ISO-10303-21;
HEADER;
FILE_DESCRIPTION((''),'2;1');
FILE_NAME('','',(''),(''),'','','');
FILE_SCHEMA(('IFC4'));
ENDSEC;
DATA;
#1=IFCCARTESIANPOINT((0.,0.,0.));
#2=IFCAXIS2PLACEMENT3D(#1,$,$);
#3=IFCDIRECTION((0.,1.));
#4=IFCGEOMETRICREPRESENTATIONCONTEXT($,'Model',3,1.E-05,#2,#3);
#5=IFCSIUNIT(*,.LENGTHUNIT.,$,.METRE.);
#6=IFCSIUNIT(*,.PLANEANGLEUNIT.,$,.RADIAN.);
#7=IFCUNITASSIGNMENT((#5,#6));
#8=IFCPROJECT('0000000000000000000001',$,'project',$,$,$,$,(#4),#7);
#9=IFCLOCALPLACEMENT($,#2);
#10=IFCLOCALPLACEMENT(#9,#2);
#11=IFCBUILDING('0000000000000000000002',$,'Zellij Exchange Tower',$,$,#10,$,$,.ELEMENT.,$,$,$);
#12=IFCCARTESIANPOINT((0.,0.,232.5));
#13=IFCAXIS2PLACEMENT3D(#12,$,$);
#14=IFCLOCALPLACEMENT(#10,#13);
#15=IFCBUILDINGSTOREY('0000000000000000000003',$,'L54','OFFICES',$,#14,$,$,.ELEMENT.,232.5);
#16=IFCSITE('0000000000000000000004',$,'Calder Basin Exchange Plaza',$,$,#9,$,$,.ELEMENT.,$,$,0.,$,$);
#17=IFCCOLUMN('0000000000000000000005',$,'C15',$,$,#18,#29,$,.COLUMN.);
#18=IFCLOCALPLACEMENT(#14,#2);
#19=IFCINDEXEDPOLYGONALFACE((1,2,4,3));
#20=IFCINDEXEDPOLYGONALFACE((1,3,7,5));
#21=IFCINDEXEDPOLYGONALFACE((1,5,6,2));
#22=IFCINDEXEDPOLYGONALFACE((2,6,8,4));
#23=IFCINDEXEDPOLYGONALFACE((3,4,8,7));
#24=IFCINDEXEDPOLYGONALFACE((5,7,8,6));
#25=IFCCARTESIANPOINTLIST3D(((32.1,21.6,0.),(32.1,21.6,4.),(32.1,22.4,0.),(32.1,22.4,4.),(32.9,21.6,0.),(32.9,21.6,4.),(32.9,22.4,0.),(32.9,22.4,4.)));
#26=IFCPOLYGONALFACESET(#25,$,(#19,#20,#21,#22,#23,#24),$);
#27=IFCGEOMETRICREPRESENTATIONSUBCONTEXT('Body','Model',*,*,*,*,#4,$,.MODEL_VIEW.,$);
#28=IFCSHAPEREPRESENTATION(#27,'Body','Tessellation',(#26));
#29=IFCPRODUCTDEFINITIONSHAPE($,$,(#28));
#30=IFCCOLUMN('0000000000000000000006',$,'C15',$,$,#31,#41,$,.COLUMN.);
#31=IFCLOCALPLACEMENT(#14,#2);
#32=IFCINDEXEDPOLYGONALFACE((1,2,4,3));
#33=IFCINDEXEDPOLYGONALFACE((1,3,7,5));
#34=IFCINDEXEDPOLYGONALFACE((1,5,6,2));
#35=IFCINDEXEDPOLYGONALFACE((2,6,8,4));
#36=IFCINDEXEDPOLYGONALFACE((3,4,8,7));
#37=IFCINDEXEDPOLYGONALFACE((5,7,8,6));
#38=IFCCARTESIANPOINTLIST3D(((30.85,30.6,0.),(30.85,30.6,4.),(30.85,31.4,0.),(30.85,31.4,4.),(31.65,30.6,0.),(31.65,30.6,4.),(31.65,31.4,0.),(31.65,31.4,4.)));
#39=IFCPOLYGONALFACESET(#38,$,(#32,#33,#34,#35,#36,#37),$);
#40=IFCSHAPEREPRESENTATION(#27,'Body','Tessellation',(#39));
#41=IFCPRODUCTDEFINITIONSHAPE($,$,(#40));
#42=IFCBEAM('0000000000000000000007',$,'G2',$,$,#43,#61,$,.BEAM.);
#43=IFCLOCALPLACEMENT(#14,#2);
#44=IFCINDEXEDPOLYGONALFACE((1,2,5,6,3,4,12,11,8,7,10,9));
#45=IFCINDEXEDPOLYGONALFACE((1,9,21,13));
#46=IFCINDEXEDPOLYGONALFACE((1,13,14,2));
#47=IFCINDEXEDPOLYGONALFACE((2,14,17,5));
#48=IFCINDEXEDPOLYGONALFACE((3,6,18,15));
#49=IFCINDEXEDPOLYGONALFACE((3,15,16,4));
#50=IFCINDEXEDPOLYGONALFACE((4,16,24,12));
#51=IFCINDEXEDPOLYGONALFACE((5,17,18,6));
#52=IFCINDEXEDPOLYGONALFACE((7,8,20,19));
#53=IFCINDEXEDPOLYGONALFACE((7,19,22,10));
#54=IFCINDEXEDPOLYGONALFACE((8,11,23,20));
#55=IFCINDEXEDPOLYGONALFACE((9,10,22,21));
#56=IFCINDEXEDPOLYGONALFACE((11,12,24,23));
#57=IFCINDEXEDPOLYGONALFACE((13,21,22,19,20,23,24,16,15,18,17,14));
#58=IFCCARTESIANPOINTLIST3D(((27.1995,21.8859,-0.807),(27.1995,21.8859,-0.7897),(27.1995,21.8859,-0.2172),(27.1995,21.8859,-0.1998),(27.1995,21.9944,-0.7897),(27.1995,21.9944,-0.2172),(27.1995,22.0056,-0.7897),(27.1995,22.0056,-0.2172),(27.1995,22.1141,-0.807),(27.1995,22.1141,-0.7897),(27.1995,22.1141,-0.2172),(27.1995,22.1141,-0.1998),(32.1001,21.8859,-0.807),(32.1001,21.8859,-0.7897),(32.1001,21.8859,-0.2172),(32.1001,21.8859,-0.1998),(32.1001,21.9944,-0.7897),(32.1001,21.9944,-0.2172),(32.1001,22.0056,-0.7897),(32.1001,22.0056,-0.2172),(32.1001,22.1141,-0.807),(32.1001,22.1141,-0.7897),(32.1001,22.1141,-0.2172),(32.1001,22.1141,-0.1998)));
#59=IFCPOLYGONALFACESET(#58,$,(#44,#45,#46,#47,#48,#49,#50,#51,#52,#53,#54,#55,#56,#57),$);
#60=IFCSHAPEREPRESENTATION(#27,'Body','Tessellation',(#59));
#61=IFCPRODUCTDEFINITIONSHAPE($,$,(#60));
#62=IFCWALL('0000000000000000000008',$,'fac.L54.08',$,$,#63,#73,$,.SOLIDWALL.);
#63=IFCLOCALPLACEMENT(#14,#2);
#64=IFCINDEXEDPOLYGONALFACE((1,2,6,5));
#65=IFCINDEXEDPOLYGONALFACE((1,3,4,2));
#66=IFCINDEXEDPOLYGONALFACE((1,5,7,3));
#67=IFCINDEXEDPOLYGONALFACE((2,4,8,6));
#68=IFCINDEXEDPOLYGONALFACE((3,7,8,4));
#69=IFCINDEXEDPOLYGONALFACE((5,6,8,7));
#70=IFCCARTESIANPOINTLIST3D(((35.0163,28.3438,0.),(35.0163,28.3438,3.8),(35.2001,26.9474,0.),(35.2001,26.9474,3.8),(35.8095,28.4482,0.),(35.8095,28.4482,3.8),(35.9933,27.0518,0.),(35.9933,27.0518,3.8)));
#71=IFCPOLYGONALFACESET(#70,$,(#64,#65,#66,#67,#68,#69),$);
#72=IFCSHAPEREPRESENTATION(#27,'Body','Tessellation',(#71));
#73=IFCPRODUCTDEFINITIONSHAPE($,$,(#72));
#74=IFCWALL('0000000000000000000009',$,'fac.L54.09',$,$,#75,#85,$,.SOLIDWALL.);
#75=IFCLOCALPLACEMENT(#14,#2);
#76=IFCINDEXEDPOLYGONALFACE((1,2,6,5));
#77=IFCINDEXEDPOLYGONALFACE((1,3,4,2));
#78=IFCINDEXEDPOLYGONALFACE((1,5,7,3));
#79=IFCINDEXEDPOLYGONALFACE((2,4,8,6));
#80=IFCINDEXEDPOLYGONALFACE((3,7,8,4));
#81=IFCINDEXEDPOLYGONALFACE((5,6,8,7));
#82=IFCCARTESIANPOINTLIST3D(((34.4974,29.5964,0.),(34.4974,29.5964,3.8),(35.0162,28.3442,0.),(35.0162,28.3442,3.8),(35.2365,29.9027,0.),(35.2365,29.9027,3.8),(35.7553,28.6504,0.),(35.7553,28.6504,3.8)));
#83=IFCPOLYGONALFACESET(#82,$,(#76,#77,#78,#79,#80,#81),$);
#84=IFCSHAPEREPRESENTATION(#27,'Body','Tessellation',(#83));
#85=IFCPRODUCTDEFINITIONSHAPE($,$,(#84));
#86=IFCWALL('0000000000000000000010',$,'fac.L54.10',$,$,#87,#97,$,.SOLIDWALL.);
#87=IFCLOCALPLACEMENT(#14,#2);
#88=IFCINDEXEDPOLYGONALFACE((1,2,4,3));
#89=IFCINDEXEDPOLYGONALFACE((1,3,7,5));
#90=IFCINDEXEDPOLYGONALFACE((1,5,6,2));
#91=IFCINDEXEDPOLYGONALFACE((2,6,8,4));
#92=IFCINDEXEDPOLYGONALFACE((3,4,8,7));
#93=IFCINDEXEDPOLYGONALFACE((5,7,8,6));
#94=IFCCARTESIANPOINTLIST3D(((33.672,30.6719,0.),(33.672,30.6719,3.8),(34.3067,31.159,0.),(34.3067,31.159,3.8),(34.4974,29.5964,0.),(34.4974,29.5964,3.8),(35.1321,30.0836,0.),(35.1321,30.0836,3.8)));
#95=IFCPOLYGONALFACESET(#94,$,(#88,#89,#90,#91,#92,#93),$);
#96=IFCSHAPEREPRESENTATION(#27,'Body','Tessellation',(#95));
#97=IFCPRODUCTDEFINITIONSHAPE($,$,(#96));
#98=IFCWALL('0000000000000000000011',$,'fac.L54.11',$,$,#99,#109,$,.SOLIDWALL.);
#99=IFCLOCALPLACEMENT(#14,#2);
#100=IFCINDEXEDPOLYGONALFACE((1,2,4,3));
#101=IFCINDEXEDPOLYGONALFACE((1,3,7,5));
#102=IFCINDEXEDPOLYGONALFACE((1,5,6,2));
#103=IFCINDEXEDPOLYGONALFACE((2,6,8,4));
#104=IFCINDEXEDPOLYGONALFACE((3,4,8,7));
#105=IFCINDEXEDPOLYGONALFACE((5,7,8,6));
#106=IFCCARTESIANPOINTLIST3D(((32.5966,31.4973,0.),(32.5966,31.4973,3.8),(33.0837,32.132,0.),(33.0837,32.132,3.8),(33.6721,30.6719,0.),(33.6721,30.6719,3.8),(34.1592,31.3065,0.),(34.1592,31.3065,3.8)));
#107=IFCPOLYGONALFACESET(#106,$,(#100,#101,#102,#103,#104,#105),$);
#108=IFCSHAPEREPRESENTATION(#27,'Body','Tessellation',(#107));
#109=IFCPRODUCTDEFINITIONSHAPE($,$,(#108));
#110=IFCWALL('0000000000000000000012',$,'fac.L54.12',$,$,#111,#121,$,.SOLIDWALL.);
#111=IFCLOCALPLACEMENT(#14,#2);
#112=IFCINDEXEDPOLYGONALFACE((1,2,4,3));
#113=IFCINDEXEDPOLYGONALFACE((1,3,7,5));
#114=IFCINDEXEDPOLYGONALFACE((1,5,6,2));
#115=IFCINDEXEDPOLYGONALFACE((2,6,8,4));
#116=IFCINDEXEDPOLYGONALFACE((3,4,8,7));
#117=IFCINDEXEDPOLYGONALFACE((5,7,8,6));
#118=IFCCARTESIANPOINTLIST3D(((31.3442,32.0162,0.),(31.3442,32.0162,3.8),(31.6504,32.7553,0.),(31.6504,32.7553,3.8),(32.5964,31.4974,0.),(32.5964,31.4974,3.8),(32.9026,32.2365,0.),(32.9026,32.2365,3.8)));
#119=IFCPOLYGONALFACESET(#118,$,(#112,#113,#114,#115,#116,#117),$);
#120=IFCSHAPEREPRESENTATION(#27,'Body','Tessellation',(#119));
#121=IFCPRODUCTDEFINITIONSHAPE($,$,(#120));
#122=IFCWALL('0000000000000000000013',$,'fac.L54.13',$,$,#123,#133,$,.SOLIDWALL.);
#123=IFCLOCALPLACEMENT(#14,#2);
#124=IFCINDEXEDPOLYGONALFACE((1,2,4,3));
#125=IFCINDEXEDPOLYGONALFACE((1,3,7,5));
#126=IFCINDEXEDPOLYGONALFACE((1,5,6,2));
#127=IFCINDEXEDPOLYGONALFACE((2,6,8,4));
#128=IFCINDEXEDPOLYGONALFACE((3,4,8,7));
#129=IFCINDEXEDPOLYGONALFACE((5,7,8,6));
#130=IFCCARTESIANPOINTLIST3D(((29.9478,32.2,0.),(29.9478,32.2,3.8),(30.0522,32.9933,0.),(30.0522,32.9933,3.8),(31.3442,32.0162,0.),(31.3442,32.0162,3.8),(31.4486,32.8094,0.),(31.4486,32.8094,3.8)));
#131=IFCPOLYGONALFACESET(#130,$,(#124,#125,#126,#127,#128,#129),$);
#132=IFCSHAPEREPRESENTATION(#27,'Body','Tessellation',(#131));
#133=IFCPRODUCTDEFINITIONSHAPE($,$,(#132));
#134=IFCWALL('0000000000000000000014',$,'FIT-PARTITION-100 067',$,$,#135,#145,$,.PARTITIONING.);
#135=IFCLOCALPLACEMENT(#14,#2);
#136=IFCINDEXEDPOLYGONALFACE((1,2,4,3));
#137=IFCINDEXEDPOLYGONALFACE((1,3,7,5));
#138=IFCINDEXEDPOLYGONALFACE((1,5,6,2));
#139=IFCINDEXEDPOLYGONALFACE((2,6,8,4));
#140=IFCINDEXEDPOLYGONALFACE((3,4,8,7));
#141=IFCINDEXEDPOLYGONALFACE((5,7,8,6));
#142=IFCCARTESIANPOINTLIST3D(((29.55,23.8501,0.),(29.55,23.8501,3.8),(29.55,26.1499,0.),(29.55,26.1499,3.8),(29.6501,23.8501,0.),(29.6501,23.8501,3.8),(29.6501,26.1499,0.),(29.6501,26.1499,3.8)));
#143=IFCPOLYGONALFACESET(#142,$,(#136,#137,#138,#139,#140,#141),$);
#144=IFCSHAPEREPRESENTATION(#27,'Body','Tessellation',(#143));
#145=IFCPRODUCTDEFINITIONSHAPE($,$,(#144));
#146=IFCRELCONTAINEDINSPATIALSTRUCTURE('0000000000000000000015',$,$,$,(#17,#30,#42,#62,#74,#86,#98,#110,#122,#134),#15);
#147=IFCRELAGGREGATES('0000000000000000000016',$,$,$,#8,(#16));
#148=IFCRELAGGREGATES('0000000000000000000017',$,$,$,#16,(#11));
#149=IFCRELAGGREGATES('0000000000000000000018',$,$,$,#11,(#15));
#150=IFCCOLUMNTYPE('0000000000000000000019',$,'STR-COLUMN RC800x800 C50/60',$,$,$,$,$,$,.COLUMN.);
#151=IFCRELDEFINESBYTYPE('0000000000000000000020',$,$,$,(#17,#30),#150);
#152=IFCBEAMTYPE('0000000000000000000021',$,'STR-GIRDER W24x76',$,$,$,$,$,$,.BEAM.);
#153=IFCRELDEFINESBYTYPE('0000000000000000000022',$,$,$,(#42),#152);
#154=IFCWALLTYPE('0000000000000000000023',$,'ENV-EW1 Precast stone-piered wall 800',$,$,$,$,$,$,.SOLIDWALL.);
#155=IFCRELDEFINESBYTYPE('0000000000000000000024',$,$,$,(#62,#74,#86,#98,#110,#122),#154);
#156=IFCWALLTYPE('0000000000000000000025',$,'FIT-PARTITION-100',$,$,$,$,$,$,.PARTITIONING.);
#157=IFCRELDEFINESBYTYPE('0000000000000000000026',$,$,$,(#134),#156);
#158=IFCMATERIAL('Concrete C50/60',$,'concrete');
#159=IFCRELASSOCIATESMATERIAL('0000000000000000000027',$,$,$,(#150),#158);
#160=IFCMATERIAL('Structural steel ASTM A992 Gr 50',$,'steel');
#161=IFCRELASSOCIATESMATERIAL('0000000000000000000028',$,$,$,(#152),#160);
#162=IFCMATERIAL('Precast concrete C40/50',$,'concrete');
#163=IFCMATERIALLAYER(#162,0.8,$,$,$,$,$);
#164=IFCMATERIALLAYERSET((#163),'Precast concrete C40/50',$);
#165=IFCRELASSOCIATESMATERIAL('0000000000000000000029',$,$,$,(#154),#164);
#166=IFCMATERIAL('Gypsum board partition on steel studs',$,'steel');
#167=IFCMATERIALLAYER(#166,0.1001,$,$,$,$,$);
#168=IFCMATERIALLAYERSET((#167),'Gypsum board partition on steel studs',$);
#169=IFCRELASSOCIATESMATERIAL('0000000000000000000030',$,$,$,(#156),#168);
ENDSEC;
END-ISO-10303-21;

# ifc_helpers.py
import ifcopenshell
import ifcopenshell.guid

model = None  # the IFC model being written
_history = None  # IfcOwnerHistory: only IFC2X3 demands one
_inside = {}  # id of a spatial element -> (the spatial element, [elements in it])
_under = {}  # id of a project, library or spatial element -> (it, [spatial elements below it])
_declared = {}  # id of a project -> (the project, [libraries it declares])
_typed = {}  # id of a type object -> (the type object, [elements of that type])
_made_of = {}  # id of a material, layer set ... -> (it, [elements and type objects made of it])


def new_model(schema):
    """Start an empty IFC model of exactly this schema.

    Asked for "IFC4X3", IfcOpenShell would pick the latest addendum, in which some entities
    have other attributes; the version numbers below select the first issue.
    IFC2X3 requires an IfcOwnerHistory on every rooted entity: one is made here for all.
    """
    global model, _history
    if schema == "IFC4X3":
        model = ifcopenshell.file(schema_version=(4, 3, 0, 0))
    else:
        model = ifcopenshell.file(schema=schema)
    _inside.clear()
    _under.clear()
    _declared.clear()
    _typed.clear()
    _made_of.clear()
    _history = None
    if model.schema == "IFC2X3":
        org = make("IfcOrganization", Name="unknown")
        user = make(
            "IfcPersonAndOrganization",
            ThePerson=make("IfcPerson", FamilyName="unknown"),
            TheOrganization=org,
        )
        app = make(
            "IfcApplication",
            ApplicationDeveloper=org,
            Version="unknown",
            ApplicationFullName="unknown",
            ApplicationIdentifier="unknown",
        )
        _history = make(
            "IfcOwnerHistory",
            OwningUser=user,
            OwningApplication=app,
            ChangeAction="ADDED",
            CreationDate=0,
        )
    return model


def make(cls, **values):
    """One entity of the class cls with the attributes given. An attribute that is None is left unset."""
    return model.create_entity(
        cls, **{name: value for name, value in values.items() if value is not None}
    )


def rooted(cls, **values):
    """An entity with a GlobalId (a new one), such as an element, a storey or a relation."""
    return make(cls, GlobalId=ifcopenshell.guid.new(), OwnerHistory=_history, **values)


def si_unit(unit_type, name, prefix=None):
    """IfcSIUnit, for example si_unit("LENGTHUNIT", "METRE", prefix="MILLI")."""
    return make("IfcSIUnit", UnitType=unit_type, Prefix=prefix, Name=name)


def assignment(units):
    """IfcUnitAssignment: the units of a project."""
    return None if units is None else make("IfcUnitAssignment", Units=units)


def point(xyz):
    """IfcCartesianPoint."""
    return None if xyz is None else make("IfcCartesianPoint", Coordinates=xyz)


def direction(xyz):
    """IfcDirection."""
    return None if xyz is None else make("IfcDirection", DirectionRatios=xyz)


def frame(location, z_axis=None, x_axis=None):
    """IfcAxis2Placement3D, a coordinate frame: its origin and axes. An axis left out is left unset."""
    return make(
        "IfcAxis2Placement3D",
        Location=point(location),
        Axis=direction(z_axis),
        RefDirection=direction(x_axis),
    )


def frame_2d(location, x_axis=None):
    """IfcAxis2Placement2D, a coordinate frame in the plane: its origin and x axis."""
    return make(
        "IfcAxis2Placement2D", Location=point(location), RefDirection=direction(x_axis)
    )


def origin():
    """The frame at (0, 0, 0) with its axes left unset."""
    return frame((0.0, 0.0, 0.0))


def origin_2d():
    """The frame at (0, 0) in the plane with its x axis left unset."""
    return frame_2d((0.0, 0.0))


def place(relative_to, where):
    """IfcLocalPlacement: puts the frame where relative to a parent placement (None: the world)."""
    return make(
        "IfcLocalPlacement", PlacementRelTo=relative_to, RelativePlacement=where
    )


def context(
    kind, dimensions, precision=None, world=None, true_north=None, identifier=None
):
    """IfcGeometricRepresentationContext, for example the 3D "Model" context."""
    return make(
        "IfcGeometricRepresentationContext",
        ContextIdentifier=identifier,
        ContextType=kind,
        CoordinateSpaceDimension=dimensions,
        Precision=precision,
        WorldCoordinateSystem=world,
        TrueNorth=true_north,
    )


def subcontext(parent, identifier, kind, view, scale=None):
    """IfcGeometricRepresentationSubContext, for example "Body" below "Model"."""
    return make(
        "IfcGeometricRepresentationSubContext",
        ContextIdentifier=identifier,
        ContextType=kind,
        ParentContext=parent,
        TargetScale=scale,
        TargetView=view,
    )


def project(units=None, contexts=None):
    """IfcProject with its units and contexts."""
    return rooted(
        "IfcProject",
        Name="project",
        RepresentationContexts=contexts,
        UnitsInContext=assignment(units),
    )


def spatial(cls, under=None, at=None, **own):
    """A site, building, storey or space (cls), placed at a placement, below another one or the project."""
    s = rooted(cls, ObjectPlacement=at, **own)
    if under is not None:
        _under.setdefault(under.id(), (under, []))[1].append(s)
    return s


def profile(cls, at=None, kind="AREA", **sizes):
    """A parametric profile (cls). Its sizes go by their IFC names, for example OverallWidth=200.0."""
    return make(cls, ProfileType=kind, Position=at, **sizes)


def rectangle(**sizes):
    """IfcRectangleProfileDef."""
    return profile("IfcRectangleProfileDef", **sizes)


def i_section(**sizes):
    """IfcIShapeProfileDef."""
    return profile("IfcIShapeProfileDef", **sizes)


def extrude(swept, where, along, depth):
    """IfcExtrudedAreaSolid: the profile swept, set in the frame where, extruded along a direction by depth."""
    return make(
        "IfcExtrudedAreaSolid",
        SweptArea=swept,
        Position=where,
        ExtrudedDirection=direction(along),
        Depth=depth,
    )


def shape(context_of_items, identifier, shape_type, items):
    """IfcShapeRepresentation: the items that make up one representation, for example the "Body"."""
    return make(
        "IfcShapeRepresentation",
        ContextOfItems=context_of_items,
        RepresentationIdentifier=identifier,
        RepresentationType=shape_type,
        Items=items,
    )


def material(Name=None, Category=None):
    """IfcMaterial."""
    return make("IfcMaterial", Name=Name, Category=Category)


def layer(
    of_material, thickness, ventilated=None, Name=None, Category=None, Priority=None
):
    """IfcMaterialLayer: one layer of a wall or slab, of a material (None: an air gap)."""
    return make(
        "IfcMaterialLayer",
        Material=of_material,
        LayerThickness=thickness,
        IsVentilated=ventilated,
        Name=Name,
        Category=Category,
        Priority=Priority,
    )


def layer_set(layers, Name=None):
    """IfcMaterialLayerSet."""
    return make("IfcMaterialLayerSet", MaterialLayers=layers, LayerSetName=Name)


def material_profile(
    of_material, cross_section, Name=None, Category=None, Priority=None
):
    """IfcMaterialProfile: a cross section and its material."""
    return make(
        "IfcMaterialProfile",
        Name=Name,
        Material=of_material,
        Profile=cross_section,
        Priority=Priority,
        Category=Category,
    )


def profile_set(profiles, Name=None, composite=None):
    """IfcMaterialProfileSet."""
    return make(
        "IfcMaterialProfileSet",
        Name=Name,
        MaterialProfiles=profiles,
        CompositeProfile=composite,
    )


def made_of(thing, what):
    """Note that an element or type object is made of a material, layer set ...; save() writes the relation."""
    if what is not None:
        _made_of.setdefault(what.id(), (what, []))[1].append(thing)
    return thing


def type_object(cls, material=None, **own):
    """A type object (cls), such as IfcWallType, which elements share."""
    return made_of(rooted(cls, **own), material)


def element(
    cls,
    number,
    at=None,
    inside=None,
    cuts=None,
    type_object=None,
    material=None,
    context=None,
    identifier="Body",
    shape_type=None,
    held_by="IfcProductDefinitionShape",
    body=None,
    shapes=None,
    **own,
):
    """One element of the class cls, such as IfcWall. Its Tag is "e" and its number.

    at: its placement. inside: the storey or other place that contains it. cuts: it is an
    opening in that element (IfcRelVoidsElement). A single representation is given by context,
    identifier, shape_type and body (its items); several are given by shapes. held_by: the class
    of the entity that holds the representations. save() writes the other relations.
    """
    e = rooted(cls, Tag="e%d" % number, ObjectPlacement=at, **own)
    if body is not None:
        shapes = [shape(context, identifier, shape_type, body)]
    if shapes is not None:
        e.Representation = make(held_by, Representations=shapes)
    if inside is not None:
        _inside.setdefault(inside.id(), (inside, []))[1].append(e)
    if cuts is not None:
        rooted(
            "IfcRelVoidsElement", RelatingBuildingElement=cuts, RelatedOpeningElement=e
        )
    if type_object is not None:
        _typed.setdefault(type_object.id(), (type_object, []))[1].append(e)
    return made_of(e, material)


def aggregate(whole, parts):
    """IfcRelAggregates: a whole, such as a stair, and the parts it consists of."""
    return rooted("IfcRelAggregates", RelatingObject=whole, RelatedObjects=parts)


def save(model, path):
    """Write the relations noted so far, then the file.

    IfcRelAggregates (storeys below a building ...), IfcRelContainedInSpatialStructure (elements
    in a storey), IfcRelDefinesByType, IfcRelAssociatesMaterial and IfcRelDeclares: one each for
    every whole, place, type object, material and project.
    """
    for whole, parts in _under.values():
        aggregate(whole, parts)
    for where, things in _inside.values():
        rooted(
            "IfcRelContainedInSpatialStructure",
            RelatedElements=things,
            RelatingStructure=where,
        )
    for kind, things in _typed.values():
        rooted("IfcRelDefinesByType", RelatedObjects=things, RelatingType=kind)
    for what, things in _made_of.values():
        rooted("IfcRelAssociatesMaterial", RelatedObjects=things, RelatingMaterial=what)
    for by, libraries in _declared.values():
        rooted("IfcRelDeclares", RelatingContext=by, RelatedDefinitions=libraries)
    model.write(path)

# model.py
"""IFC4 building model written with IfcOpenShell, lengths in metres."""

from ifc_helpers import new_model, si_unit, direction, frame, frame_2d, origin, origin_2d, place, context, subcontext, project, spatial, rectangle, i_section, extrude, material, layer, layer_set, material_profile, profile_set, type_object, element, save


model = new_model("IFC4")

# Units and contexts
model_context = context("Model", 3, precision=1e-05, world=origin(), true_north=direction((0.0, 1.0)))
body_context = subcontext(model_context, "Body", "Model", "MODEL_VIEW")
ifc_project = project(units=[si_unit("LENGTHUNIT", "METRE"), si_unit("PLANEANGLEUNIT", "RADIAN")], contexts=[model_context])

# Site, building, storey
site_placement = place(None, origin())
site = spatial("IfcSite", under=ifc_project, at=site_placement, Name="Calder Basin Exchange Plaza", CompositionType="ELEMENT", RefElevation=0.0)
building_placement = place(site_placement, origin())
building = spatial("IfcBuilding", under=site, at=building_placement, Name="Zellij Exchange Tower", CompositionType="ELEMENT")
storey_placement = place(building_placement, frame((0.0, 0.0, 232.5)))
storey = spatial("IfcBuildingStorey", under=building, at=storey_placement, Name="L54", Description="OFFICES", CompositionType="ELEMENT", Elevation=232.5)

# Columns
ifc_material_1 = material(Name="Concrete C50/60", Category="concrete")
ifc_material_profile_1 = material_profile(ifc_material_1, rectangle(XDim=0.8, YDim=0.8, at=origin_2d()), Name="STR-COLUMN RC800x800 C50/60")
ifc_profile_set_1 = profile_set([ifc_material_profile_1], Name="Concrete C50/60")
column_type = type_object("IfcColumnType", Name="STR-COLUMN RC800x800 C50/60", PredefinedType="COLUMN", material=ifc_profile_set_1)
for number, where, z_axis, x_axis, name in (
    (1, (32.5, 22.0, 0.0), (0.0, 0.0, 1.0), (1.0, 0.0, 0.0), "C15"),
    (2, (31.25, 31.0, 0.0), (0.0, 0.0, 1.0), (1.0, 0.0, 0.0), "C15"),
):
    element("IfcColumn", number, at=place(storey_placement, frame(where, z_axis=z_axis, x_axis=x_axis)), inside=storey, type_object=column_type, Name=name, PredefinedType="COLUMN", context=body_context, shape_type="SweptSolid", body=[
        extrude(rectangle(XDim=0.8, YDim=0.8, at=origin_2d()), origin(), (0.0, 0.0, 1.0), 4.0),
    ])

# Beam
ifc_material_2 = material(Name="Structural steel ASTM A992 Gr 50", Category="steel")
ifc_material_profile_2 = material_profile(ifc_material_2, i_section(OverallWidth=0.2283, OverallDepth=0.6072, WebThickness=0.0112, FlangeThickness=0.0173, at=origin_2d()), Name="W24x76")
ifc_profile_set_2 = profile_set([ifc_material_profile_2], Name="Structural steel ASTM A992 Gr 50")
beam_type = type_object("IfcBeamType", Name="STR-GIRDER W24x76", PredefinedType="BEAM", material=ifc_profile_set_2)
beam_placement = place(storey_placement, frame((27.1995, 22.0, -0.5034), z_axis=(1.0, 0.0, 0.0), x_axis=(0.0, 1.0, 0.0)))
element("IfcBeam", 3, at=beam_placement, inside=storey, type_object=beam_type, Name="G2", PredefinedType="BEAM", context=body_context, shape_type="SweptSolid", body=[
    extrude(i_section(OverallWidth=0.2283, OverallDepth=0.6072, WebThickness=0.0112, FlangeThickness=0.0173, at=origin_2d()), origin(), (0.0, 0.0, 1.0), 4.9006),
])

# Walls
ifc_material_3 = material(Name="Precast concrete C40/50", Category="concrete")
ifc_layer_1 = layer(ifc_material_3, 0.8)
ifc_layer_set_1 = layer_set([ifc_layer_1], Name="Precast concrete C40/50")
wall_type_1 = type_object("IfcWallType", Name="ENV-EW1 Precast stone-piered wall 800", PredefinedType="SOLIDWALL", material=ifc_layer_set_1)
wall_1_placement = place(storey_placement, frame((35.5967, 26.9998, 0.0), z_axis=(0.0, 0.0, 1.0), x_axis=(-0.130517, 0.991446, 0.0)))
element("IfcWall", 4, at=wall_1_placement, inside=storey, type_object=wall_type_1, Name="fac.L54.08", PredefinedType="SOLIDWALL", context=body_context, shape_type="SweptSolid", body=[
    extrude(rectangle(XDim=1.4084, YDim=0.8, at=frame_2d((0.7041, 0.0))), origin(), (0.0, 0.0, 1.0), 3.8),
])
wall_2_placement = place(storey_placement, frame((35.3857, 28.4973, 0.0), z_axis=(0.0, 0.0, 1.0), x_axis=(-0.38276, 0.923848, 0.0)))
element("IfcWall", 5, at=wall_2_placement, inside=storey, type_object=wall_type_1, Name="fac.L54.09", PredefinedType="SOLIDWALL", context=body_context, shape_type="SweptSolid", body=[
    extrude(rectangle(XDim=1.3555, YDim=0.8, at=frame_2d((0.6777, 0.0))), origin(), (0.0, 0.0, 1.0), 3.8),
])
for number, where, z_axis, x_axis, name in (
    (6, (34.8147, 29.8401, 0.0), (0.0, 0.0, 1.0), (-0.608866, 0.793273, 0.0), "fac.L54.10"),
    (7, (33.9155, 30.9893, 0.0), (0.0, 0.0, 1.0), (-0.793273, 0.608866, 0.0), "fac.L54.11"),
):
    element("IfcWall", number, at=place(storey_placement, frame(where, z_axis=z_axis, x_axis=x_axis)), inside=storey, type_object=wall_type_1, Name=name, PredefinedType="SOLIDWALL", context=body_context, shape_type="SweptSolid", body=[
        extrude(rectangle(XDim=1.3557, YDim=0.8, at=frame_2d((0.6777, 0.0))), origin(), (0.0, 0.0, 1.0), 3.8),
    ])
wall_3_placement = place(storey_placement, frame((32.7495, 31.8669, 0.0), z_axis=(0.0, 0.0, 1.0), x_axis=(-0.923848, 0.38276, 0.0)))
element("IfcWall", 8, at=wall_3_placement, inside=storey, type_object=wall_type_1, Name="fac.L54.12", PredefinedType="SOLIDWALL", context=body_context, shape_type="SweptSolid", body=[
    extrude(rectangle(XDim=1.3555, YDim=0.8, at=frame_2d((0.6777, 0.0))), origin(), (0.0, 0.0, 1.0), 3.8),
])
wall_4_placement = place(storey_placement, frame((31.3962, 32.4128, 0.0), z_axis=(0.0, 0.0, 1.0), x_axis=(-0.991446, 0.130517, 0.0)))
element("IfcWall", 9, at=wall_4_placement, inside=storey, type_object=wall_type_1, Name="fac.L54.13", PredefinedType="SOLIDWALL", context=body_context, shape_type="SweptSolid", body=[
    extrude(rectangle(XDim=1.4084, YDim=0.8, at=frame_2d((0.7041, 0.0))), origin(), (0.0, 0.0, 1.0), 3.8),
])

# Wall
ifc_material_4 = material(Name="Gypsum board partition on steel studs", Category="steel")
ifc_layer_2 = layer(ifc_material_4, 0.1001)
ifc_layer_set_2 = layer_set([ifc_layer_2], Name="Gypsum board partition on steel studs")
wall_type_2 = type_object("IfcWallType", Name="FIT-PARTITION-100", PredefinedType="PARTITIONING", material=ifc_layer_set_2)
wall_5_placement = place(storey_placement, frame((29.6001, 23.8501, 0.0), z_axis=(0.0, 0.0, 1.0), x_axis=(0.0, 1.0, 0.0)))
element("IfcWall", 10, at=wall_5_placement, inside=storey, type_object=wall_type_2, Name="FIT-PARTITION-100 067", PredefinedType="PARTITIONING", context=body_context, shape_type="SweptSolid", body=[
    extrude(rectangle(XDim=2.2998, YDim=0.1001, at=frame_2d((1.1499, 0.0))), origin(), (0.0, 0.0, 1.0), 3.8),
])

save(model, "model.ifc")
